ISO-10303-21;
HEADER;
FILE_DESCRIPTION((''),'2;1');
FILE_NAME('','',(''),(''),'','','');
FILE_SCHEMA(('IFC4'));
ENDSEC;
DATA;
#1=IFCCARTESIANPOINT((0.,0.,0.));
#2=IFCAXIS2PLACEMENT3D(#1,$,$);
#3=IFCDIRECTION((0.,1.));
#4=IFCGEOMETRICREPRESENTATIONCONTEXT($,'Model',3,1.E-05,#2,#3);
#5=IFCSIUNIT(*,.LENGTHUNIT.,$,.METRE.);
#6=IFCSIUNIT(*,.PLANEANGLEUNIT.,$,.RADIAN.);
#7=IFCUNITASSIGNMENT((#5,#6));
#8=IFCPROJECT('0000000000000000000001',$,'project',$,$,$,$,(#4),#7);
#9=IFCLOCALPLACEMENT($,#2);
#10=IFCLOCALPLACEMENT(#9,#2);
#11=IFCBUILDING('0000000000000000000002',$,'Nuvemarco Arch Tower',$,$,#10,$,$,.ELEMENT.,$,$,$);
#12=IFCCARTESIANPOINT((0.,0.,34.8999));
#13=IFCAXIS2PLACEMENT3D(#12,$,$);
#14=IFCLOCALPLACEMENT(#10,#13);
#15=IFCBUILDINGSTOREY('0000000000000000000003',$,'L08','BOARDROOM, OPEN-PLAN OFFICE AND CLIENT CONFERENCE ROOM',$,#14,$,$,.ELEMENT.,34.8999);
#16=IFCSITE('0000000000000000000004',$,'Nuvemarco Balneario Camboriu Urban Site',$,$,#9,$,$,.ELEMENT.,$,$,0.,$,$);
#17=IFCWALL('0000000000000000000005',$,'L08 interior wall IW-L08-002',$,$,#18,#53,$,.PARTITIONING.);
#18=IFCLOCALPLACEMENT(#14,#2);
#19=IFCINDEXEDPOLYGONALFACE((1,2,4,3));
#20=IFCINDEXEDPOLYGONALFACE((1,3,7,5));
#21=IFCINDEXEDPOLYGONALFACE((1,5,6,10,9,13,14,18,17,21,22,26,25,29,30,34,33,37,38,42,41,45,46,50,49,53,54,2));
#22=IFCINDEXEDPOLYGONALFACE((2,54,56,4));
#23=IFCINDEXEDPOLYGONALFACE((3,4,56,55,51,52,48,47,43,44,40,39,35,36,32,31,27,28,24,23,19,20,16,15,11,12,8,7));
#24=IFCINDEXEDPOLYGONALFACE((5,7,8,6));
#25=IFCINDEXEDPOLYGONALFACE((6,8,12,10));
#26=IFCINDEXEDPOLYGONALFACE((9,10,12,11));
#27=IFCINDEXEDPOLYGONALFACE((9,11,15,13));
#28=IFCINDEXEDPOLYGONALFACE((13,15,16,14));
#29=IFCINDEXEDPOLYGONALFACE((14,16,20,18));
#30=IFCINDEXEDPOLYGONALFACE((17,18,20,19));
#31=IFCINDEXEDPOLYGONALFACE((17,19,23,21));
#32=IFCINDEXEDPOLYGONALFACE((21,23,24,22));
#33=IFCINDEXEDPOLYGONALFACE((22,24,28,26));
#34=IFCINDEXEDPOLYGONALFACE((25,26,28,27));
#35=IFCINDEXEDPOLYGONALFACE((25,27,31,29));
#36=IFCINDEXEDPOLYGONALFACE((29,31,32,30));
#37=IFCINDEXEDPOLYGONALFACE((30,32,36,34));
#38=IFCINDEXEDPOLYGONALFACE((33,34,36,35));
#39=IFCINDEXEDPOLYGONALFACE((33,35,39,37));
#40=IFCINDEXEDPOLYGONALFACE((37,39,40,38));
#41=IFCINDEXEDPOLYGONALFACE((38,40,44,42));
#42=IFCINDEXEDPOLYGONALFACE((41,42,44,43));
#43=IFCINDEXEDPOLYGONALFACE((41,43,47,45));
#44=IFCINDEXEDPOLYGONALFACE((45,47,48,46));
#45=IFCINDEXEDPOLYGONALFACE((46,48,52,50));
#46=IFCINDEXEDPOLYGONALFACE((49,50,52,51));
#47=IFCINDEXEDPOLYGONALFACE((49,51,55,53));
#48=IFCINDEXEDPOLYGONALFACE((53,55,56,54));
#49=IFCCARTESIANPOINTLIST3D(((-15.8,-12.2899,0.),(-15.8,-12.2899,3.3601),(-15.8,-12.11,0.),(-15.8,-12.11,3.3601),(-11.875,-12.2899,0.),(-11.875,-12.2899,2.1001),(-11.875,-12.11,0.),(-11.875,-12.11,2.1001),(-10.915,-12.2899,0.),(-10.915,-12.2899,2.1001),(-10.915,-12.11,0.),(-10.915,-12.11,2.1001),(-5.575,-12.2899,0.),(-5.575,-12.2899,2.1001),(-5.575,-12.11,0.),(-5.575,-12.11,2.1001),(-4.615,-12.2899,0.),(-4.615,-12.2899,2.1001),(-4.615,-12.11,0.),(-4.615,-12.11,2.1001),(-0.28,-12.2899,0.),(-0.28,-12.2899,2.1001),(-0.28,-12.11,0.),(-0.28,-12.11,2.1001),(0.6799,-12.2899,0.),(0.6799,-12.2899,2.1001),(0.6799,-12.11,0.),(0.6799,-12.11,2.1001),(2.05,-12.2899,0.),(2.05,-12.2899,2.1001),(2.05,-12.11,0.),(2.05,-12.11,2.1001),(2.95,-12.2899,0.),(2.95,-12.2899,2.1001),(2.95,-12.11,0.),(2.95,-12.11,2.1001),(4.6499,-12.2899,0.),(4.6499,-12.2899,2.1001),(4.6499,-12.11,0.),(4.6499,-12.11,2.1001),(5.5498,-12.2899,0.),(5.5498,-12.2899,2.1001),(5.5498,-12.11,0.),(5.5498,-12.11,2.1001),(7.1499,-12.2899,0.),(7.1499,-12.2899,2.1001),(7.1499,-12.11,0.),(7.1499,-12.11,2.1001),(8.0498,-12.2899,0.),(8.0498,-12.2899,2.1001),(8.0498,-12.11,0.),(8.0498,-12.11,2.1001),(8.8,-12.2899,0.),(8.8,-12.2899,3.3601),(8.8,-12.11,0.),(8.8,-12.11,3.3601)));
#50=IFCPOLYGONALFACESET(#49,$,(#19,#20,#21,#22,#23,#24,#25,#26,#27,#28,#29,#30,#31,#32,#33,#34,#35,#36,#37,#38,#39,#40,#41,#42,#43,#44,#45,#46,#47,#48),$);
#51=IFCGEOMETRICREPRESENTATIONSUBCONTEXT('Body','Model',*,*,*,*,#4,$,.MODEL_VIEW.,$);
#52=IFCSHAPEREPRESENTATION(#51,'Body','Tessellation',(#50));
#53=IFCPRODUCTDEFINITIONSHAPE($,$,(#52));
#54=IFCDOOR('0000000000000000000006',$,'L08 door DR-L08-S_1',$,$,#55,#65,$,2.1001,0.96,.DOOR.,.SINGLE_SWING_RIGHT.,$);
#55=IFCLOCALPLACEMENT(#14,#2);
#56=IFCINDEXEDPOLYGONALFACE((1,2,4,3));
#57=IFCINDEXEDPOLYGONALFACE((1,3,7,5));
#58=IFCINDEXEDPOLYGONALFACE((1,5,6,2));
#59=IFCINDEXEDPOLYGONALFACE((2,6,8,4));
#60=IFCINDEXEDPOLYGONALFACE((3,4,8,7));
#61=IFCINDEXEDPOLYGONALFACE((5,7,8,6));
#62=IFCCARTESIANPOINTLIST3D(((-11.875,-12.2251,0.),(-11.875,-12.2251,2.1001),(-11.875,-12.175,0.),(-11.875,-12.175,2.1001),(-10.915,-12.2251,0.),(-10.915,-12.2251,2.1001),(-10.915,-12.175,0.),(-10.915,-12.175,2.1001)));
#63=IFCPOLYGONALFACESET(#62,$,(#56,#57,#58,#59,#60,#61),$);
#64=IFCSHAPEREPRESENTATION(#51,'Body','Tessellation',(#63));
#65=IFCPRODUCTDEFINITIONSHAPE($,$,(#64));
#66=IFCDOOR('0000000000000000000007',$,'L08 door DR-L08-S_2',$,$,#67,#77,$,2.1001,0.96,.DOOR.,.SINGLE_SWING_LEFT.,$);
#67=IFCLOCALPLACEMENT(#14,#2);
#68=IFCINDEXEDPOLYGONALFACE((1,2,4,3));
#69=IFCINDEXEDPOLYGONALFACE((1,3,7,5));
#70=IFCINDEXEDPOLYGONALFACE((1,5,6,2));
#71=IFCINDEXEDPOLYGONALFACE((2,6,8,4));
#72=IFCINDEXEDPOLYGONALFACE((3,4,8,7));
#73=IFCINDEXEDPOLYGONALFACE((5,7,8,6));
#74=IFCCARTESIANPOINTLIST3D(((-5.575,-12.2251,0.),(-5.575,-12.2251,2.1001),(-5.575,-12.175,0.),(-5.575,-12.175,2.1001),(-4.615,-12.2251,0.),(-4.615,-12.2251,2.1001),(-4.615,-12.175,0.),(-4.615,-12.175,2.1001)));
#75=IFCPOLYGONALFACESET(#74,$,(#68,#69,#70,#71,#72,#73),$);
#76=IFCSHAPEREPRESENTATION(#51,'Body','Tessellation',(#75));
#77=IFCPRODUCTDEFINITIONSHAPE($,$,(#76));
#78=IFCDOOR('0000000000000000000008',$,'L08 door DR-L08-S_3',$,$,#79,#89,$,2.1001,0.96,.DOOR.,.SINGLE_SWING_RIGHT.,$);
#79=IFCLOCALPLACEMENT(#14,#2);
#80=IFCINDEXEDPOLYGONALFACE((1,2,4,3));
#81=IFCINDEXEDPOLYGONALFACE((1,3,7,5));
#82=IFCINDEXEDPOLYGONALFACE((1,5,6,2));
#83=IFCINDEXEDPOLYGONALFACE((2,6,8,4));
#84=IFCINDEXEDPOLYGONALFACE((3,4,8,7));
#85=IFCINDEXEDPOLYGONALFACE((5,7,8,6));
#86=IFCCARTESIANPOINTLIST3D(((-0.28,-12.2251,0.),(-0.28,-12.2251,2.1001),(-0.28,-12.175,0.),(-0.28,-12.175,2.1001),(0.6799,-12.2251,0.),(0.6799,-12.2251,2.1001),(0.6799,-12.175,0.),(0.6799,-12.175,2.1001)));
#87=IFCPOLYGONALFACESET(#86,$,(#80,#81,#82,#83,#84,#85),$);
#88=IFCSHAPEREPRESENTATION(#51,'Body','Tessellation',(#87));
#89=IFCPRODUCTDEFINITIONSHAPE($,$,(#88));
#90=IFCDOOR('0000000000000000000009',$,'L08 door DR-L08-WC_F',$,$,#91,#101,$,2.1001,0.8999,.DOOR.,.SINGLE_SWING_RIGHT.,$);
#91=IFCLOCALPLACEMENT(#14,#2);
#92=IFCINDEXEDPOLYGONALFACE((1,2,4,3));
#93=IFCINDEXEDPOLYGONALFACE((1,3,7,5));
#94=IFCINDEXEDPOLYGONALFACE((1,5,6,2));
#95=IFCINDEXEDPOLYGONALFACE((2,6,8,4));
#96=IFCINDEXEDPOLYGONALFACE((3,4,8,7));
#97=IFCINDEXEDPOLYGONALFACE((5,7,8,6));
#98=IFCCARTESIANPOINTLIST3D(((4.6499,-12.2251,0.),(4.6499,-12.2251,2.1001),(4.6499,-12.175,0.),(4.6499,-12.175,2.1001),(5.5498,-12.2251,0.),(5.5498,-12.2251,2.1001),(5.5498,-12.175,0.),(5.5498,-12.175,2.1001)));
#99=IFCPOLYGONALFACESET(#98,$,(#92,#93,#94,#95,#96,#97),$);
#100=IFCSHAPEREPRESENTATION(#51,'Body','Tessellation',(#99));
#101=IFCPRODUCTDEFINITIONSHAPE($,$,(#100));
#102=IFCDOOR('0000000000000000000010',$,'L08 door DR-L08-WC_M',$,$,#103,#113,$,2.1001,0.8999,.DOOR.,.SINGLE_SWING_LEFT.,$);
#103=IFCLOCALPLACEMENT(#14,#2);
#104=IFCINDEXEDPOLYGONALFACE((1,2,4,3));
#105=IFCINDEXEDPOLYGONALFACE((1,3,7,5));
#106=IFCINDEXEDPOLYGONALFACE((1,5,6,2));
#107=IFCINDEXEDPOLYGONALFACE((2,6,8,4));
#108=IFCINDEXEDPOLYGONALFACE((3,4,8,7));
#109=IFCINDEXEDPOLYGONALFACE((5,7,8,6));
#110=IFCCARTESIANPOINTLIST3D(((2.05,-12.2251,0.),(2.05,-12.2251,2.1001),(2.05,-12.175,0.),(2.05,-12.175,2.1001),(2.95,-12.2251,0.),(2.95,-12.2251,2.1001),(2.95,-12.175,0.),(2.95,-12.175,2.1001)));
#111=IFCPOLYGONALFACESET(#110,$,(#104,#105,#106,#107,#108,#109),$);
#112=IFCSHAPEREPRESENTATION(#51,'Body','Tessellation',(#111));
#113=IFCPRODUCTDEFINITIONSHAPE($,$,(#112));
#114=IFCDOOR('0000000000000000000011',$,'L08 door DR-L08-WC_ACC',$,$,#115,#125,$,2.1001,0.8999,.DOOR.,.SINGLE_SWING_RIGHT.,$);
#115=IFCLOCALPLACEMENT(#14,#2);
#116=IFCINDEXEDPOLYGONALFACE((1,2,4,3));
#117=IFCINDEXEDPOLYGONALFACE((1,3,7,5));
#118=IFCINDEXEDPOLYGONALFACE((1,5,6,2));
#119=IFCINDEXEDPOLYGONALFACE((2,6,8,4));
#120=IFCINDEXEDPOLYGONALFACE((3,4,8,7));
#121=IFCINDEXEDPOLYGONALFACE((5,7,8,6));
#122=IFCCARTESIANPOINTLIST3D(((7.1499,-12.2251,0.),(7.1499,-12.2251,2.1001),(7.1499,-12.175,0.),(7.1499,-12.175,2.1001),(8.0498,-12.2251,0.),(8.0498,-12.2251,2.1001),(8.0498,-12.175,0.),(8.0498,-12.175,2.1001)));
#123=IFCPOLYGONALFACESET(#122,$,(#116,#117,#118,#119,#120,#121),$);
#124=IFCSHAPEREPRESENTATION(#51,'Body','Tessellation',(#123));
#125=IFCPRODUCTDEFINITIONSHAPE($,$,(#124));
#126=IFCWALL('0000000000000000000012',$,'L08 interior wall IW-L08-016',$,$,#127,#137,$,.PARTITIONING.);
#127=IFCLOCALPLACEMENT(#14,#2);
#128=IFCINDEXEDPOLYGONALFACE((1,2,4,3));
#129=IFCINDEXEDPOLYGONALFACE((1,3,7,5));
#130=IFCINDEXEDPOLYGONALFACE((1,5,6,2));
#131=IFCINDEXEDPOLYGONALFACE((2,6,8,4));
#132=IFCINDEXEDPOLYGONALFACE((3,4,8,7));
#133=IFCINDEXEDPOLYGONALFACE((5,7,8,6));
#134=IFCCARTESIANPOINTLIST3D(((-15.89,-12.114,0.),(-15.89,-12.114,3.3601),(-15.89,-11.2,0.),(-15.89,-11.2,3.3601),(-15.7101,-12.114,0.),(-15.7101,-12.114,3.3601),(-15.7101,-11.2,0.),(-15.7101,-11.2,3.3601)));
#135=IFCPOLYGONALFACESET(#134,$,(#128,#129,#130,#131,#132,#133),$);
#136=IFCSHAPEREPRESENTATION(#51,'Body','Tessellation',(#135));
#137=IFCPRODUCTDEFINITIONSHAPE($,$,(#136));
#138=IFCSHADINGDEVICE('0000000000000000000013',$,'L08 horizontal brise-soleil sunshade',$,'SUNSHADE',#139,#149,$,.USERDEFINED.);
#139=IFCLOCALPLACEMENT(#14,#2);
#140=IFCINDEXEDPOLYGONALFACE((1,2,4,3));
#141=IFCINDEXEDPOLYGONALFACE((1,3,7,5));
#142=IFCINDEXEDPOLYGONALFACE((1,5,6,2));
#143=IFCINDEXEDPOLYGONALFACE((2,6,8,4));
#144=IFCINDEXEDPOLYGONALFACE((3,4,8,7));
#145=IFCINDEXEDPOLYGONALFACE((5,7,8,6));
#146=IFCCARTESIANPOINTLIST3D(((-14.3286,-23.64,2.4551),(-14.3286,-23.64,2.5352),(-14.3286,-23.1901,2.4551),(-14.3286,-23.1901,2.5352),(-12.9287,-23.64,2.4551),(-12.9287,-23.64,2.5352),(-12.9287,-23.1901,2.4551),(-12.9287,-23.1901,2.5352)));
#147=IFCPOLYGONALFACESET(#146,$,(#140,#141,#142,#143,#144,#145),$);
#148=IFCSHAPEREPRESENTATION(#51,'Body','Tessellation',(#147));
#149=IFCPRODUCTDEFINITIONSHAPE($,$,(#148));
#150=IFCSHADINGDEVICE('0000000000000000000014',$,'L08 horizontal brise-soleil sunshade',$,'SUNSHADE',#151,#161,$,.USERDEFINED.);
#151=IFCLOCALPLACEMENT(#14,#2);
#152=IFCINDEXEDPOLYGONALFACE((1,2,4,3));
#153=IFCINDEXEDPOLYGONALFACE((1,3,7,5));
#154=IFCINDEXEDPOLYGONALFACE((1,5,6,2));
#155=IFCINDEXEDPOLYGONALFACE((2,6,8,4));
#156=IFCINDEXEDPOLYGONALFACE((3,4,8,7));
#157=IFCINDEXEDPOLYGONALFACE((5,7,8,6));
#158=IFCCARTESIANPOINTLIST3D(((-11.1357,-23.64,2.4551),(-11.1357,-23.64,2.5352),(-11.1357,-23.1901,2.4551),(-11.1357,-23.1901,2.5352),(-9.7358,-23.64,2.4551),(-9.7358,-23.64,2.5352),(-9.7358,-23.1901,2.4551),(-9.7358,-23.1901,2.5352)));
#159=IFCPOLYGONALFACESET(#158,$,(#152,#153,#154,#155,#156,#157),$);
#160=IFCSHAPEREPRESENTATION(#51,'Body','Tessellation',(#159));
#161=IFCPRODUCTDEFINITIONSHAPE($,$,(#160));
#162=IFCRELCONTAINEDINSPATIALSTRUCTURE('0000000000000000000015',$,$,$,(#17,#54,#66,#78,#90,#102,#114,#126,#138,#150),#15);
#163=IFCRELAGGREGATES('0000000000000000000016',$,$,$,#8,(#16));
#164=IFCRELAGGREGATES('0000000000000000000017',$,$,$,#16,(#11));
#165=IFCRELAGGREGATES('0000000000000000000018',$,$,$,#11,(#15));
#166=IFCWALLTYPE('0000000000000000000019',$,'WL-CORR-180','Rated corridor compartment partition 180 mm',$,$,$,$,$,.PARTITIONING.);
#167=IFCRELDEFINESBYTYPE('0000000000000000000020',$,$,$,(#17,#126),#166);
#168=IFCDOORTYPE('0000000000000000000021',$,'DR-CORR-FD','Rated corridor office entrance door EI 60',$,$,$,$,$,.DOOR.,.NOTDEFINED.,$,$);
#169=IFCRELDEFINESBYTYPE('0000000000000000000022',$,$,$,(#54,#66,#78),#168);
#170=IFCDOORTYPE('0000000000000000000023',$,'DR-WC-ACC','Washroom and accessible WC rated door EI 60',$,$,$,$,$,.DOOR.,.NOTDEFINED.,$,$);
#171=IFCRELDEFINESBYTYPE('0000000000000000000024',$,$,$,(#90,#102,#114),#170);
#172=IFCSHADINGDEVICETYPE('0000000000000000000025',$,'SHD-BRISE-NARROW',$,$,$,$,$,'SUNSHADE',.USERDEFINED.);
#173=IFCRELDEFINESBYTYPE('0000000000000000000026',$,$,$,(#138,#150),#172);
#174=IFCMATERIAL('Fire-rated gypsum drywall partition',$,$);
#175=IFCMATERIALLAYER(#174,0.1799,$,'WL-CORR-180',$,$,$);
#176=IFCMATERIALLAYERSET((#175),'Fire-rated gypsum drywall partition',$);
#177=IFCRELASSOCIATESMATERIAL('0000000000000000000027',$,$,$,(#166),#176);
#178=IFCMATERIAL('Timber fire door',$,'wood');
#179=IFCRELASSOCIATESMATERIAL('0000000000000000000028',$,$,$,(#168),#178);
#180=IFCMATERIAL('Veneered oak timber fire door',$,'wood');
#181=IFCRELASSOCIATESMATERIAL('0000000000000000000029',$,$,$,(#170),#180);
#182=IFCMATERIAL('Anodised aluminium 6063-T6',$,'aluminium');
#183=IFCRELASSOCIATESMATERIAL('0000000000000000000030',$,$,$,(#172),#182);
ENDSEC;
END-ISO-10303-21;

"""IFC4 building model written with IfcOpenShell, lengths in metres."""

from ifc_helpers import new_model, si_unit, direction, frame, frame_2d, origin, origin_2d, place, context, subcontext, project, spatial, rectangle, extrude, source, transform, mapped, material, layer, layer_set, type_object, type_shapes, element, fill, save


model = new_model("IFC4")

# Units and contexts
model_context = context("Model", 3, precision=1e-05, world=origin(), true_north=direction((0.0, 1.0)))
body_context = subcontext(model_context, "Body", "Model", "MODEL_VIEW")
ifc_project = project(units=[si_unit("LENGTHUNIT", "METRE"), si_unit("PLANEANGLEUNIT", "RADIAN")], contexts=[model_context])

# Site, building, storey
site_placement = place(None, origin())
site = spatial("IfcSite", under=ifc_project, at=site_placement, Name="Nuvemarco Balneario Camboriu Urban Site", CompositionType="ELEMENT", RefElevation=0.0)
building_placement = place(site_placement, origin())
building = spatial("IfcBuilding", under=site, at=building_placement, Name="Nuvemarco Arch Tower", CompositionType="ELEMENT")
storey_placement = place(building_placement, frame((0.0, 0.0, 34.8999)))
storey = spatial("IfcBuildingStorey", under=building, at=storey_placement, Name="L08", Description="BOARDROOM, OPEN-PLAN OFFICE AND CLIENT CONFERENCE ROOM", CompositionType="ELEMENT", Elevation=34.8999)

# Wall, openings, doors
ifc_material_1 = material(Name="Fire-rated gypsum drywall partition")
ifc_layer_1 = layer(ifc_material_1, 0.1799, Name="WL-CORR-180")
ifc_layer_set_1 = layer_set([ifc_layer_1], Name="Fire-rated gypsum drywall partition")
wall_type_1 = type_object("IfcWallType", Name="WL-CORR-180", Description="Rated corridor compartment partition 180 mm", PredefinedType="PARTITIONING", material=ifc_layer_set_1)
wall_1_placement = place(storey_placement, frame((-15.8, -12.2, 0.0), z_axis=(0.0, 0.0, 1.0), x_axis=(1.0, 0.0, 0.0)))
wall_1 = element("IfcWall", 1, at=wall_1_placement, inside=storey, type_object=wall_type_1, Name="L08 interior wall IW-L08-002", PredefinedType="PARTITIONING", context=body_context, shape_type="SweptSolid", body=[
    extrude(rectangle(XDim=24.6001, YDim=0.1799, at=frame_2d((12.3, 0.0))), origin(), (0.0, 0.0, 1.0), 3.3601),
])
opening_1_placement = place(wall_1_placement, frame((3.925, 0.0, 0.0)))
opening_1 = element("IfcOpeningElement", 2, at=opening_1_placement, cuts=wall_1, PredefinedType="OPENING", context=body_context, shape_type="SweptSolid", body=[
    extrude(rectangle(XDim=0.96, YDim=2.1001, at=frame_2d((0.48, 1.05))), frame((0.0, 0.0999, 0.0), z_axis=(0.0, -1.0, 0.0), x_axis=(1.0, 0.0, 0.0)), (0.0, 0.0, 1.0), 0.2),
])
opening_2_placement = place(wall_1_placement, frame((10.2251, 0.0, 0.0)))
opening_2 = element("IfcOpeningElement", 3, at=opening_2_placement, cuts=wall_1, PredefinedType="OPENING", context=body_context, shape_type="SweptSolid", body=[
    extrude(rectangle(XDim=0.96, YDim=2.1001, at=frame_2d((0.48, 1.05))), frame((0.0, 0.0999, 0.0), z_axis=(0.0, -1.0, 0.0), x_axis=(1.0, 0.0, 0.0)), (0.0, 0.0, 1.0), 0.2),
])
opening_3_placement = place(wall_1_placement, frame((20.45, 0.0, 0.0)))
opening_3 = element("IfcOpeningElement", 4, at=opening_3_placement, cuts=wall_1, PredefinedType="OPENING", context=body_context, shape_type="SweptSolid", body=[
    extrude(rectangle(XDim=0.8999, YDim=2.1001, at=frame_2d((0.45, 1.05))), frame((0.0, 0.0999, 0.0), z_axis=(0.0, -1.0, 0.0), x_axis=(1.0, 0.0, 0.0)), (0.0, 0.0, 1.0), 0.2),
])
opening_4_placement = place(wall_1_placement, frame((17.8501, 0.0, 0.0)))
opening_4 = element("IfcOpeningElement", 5, at=opening_4_placement, cuts=wall_1, PredefinedType="OPENING", context=body_context, shape_type="SweptSolid", body=[
    extrude(rectangle(XDim=0.8999, YDim=2.1001, at=frame_2d((0.45, 1.05))), frame((0.0, 0.0999, 0.0), z_axis=(0.0, -1.0, 0.0), x_axis=(1.0, 0.0, 0.0)), (0.0, 0.0, 1.0), 0.2),
])
opening_5_placement = place(wall_1_placement, frame((22.95, 0.0, 0.0)))
opening_5 = element("IfcOpeningElement", 6, at=opening_5_placement, cuts=wall_1, PredefinedType="OPENING", context=body_context, shape_type="SweptSolid", body=[
    extrude(rectangle(XDim=0.8999, YDim=2.1001, at=frame_2d((0.45, 1.05))), frame((0.0, 0.0999, 0.0), z_axis=(0.0, -1.0, 0.0), x_axis=(1.0, 0.0, 0.0)), (0.0, 0.0, 1.0), 0.2),
])
opening_6_placement = place(wall_1_placement, frame((15.52, 0.0, 0.0)))
opening_6 = element("IfcOpeningElement", 7, at=opening_6_placement, cuts=wall_1, PredefinedType="OPENING", context=body_context, shape_type="SweptSolid", body=[
    extrude(rectangle(XDim=0.96, YDim=2.1001, at=frame_2d((0.48, 1.05))), frame((0.0, 0.0999, 0.0), z_axis=(0.0, -1.0, 0.0), x_axis=(1.0, 0.0, 0.0)), (0.0, 0.0, 1.0), 0.2),
])
ifc_material_2 = material(Name="Timber fire door", Category="wood")
door_type_1 = type_object("IfcDoorType", Name="DR-CORR-FD", Description="Rated corridor office entrance door EI 60", OperationType="NOTDEFINED", PredefinedType="DOOR", material=ifc_material_2)
shared_shape_1 = source(origin(), body_context, "Body", "SweptSolid", [
    extrude(rectangle(XDim=0.96, YDim=2.1001, at=frame_2d((0.48, 1.05))), frame((0.0, 0.0249, 0.0), z_axis=(0.0, -1.0, 0.0), x_axis=(1.0, 0.0, 0.0)), (0.0, 0.0, 1.0), 0.05),
])
type_shapes(door_type_1, [shared_shape_1])
door_1_placement = place(opening_1_placement, origin())
door_1 = element("IfcDoor", 8, at=door_1_placement, inside=storey, type_object=door_type_1, Name="L08 door DR-L08-S_1", OperationType="SINGLE_SWING_RIGHT", OverallHeight=2.1001, OverallWidth=0.96, PredefinedType="DOOR", context=body_context, shape_type="MappedRepresentation", body=[
    mapped(shared_shape_1, transform((0.0, 0.0, 0.0), scale=1.0)),
])
fill(opening_1, door_1)
door_2_placement = place(opening_2_placement, origin())
door_2 = element("IfcDoor", 9, at=door_2_placement, inside=storey, type_object=door_type_1, Name="L08 door DR-L08-S_2", OperationType="SINGLE_SWING_LEFT", OverallHeight=2.1001, OverallWidth=0.96, PredefinedType="DOOR", context=body_context, shape_type="MappedRepresentation", body=[
    mapped(shared_shape_1, transform((0.0, 0.0, 0.0), scale=1.0)),
])
fill(opening_2, door_2)
door_3_placement = place(opening_6_placement, origin())
door_3 = element("IfcDoor", 10, at=door_3_placement, inside=storey, type_object=door_type_1, Name="L08 door DR-L08-S_3", OperationType="SINGLE_SWING_RIGHT", OverallHeight=2.1001, OverallWidth=0.96, PredefinedType="DOOR", context=body_context, shape_type="MappedRepresentation", body=[
    mapped(shared_shape_1, transform((0.0, 0.0, 0.0), scale=1.0)),
])
fill(opening_6, door_3)
ifc_material_3 = material(Name="Veneered oak timber fire door", Category="wood")
door_type_2 = type_object("IfcDoorType", Name="DR-WC-ACC", Description="Washroom and accessible WC rated door EI 60", OperationType="NOTDEFINED", PredefinedType="DOOR", material=ifc_material_3)
shared_shape_2 = source(origin(), body_context, "Body", "SweptSolid", [
    extrude(rectangle(XDim=0.8999, YDim=2.1001, at=frame_2d((0.45, 1.05))), frame((0.0, 0.0249, 0.0), z_axis=(0.0, -1.0, 0.0), x_axis=(1.0, 0.0, 0.0)), (0.0, 0.0, 1.0), 0.05),
])
type_shapes(door_type_2, [shared_shape_2])
door_4_placement = place(opening_3_placement, origin())
door_4 = element("IfcDoor", 11, at=door_4_placement, inside=storey, type_object=door_type_2, Name="L08 door DR-L08-WC_F", OperationType="SINGLE_SWING_RIGHT", OverallHeight=2.1001, OverallWidth=0.8999, PredefinedType="DOOR", context=body_context, shape_type="MappedRepresentation", body=[
    mapped(shared_shape_2, transform((0.0, 0.0, 0.0), scale=1.0)),
])
fill(opening_3, door_4)
door_5_placement = place(opening_4_placement, origin())
door_5 = element("IfcDoor", 12, at=door_5_placement, inside=storey, type_object=door_type_2, Name="L08 door DR-L08-WC_M", OperationType="SINGLE_SWING_LEFT", OverallHeight=2.1001, OverallWidth=0.8999, PredefinedType="DOOR", context=body_context, shape_type="MappedRepresentation", body=[
    mapped(shared_shape_2, transform((0.0, 0.0, 0.0), scale=1.0)),
])
fill(opening_4, door_5)
door_6_placement = place(opening_5_placement, origin())
door_6 = element("IfcDoor", 13, at=door_6_placement, inside=storey, type_object=door_type_2, Name="L08 door DR-L08-WC_ACC", OperationType="SINGLE_SWING_RIGHT", OverallHeight=2.1001, OverallWidth=0.8999, PredefinedType="DOOR", context=body_context, shape_type="MappedRepresentation", body=[
    mapped(shared_shape_2, transform((0.0, 0.0, 0.0), scale=1.0)),
])
fill(opening_5, door_6)

# Wall
wall_2_placement = place(storey_placement, frame((-15.8, -12.114, 0.0), z_axis=(0.0, 0.0, 1.0), x_axis=(0.0, 1.0, 0.0)))
element("IfcWall", 14, at=wall_2_placement, inside=storey, type_object=wall_type_1, Name="L08 interior wall IW-L08-016", PredefinedType="PARTITIONING", context=body_context, shape_type="SweptSolid", body=[
    extrude(rectangle(XDim=0.9141, YDim=0.1799, at=frame_2d((0.457, 0.0))), origin(), (0.0, 0.0, 1.0), 3.3601),
])

# Shading devices
ifc_material_4 = material(Name="Anodised aluminium 6063-T6", Category="aluminium")
shading_device_type = type_object("IfcShadingDeviceType", Name="SHD-BRISE-NARROW", ElementType="SUNSHADE", PredefinedType="USERDEFINED", material=ifc_material_4)
shared_shape_3 = source(origin(), body_context, "Body", "SweptSolid", [
    extrude(rectangle(XDim=1.3999, YDim=0.45, at=origin_2d()), origin(), (0.0, 0.0, 1.0), 0.0801),
])
type_shapes(shading_device_type, [shared_shape_3])
for number, where, z_axis, x_axis, name in (
    (15, (-13.6287, -23.415, 2.4551), (0.0, 0.0, 1.0), (1.0, 0.0, 0.0), "L08 horizontal brise-soleil sunshade"),
    (16, (-10.4358, -23.415, 2.4551), (0.0, 0.0, 1.0), (1.0, 0.0, 0.0), "L08 horizontal brise-soleil sunshade"),
):
    element("IfcShadingDevice", number, at=place(storey_placement, frame(where, z_axis=z_axis, x_axis=x_axis)), inside=storey, type_object=shading_device_type, Name=name, ObjectType="SUNSHADE", PredefinedType="USERDEFINED", context=body_context, shape_type="MappedRepresentation", body=[
        mapped(shared_shape_3, transform((0.0, 0.0, 0.0), scale=1.0)),
    ])

save(model, "model.ifc")
